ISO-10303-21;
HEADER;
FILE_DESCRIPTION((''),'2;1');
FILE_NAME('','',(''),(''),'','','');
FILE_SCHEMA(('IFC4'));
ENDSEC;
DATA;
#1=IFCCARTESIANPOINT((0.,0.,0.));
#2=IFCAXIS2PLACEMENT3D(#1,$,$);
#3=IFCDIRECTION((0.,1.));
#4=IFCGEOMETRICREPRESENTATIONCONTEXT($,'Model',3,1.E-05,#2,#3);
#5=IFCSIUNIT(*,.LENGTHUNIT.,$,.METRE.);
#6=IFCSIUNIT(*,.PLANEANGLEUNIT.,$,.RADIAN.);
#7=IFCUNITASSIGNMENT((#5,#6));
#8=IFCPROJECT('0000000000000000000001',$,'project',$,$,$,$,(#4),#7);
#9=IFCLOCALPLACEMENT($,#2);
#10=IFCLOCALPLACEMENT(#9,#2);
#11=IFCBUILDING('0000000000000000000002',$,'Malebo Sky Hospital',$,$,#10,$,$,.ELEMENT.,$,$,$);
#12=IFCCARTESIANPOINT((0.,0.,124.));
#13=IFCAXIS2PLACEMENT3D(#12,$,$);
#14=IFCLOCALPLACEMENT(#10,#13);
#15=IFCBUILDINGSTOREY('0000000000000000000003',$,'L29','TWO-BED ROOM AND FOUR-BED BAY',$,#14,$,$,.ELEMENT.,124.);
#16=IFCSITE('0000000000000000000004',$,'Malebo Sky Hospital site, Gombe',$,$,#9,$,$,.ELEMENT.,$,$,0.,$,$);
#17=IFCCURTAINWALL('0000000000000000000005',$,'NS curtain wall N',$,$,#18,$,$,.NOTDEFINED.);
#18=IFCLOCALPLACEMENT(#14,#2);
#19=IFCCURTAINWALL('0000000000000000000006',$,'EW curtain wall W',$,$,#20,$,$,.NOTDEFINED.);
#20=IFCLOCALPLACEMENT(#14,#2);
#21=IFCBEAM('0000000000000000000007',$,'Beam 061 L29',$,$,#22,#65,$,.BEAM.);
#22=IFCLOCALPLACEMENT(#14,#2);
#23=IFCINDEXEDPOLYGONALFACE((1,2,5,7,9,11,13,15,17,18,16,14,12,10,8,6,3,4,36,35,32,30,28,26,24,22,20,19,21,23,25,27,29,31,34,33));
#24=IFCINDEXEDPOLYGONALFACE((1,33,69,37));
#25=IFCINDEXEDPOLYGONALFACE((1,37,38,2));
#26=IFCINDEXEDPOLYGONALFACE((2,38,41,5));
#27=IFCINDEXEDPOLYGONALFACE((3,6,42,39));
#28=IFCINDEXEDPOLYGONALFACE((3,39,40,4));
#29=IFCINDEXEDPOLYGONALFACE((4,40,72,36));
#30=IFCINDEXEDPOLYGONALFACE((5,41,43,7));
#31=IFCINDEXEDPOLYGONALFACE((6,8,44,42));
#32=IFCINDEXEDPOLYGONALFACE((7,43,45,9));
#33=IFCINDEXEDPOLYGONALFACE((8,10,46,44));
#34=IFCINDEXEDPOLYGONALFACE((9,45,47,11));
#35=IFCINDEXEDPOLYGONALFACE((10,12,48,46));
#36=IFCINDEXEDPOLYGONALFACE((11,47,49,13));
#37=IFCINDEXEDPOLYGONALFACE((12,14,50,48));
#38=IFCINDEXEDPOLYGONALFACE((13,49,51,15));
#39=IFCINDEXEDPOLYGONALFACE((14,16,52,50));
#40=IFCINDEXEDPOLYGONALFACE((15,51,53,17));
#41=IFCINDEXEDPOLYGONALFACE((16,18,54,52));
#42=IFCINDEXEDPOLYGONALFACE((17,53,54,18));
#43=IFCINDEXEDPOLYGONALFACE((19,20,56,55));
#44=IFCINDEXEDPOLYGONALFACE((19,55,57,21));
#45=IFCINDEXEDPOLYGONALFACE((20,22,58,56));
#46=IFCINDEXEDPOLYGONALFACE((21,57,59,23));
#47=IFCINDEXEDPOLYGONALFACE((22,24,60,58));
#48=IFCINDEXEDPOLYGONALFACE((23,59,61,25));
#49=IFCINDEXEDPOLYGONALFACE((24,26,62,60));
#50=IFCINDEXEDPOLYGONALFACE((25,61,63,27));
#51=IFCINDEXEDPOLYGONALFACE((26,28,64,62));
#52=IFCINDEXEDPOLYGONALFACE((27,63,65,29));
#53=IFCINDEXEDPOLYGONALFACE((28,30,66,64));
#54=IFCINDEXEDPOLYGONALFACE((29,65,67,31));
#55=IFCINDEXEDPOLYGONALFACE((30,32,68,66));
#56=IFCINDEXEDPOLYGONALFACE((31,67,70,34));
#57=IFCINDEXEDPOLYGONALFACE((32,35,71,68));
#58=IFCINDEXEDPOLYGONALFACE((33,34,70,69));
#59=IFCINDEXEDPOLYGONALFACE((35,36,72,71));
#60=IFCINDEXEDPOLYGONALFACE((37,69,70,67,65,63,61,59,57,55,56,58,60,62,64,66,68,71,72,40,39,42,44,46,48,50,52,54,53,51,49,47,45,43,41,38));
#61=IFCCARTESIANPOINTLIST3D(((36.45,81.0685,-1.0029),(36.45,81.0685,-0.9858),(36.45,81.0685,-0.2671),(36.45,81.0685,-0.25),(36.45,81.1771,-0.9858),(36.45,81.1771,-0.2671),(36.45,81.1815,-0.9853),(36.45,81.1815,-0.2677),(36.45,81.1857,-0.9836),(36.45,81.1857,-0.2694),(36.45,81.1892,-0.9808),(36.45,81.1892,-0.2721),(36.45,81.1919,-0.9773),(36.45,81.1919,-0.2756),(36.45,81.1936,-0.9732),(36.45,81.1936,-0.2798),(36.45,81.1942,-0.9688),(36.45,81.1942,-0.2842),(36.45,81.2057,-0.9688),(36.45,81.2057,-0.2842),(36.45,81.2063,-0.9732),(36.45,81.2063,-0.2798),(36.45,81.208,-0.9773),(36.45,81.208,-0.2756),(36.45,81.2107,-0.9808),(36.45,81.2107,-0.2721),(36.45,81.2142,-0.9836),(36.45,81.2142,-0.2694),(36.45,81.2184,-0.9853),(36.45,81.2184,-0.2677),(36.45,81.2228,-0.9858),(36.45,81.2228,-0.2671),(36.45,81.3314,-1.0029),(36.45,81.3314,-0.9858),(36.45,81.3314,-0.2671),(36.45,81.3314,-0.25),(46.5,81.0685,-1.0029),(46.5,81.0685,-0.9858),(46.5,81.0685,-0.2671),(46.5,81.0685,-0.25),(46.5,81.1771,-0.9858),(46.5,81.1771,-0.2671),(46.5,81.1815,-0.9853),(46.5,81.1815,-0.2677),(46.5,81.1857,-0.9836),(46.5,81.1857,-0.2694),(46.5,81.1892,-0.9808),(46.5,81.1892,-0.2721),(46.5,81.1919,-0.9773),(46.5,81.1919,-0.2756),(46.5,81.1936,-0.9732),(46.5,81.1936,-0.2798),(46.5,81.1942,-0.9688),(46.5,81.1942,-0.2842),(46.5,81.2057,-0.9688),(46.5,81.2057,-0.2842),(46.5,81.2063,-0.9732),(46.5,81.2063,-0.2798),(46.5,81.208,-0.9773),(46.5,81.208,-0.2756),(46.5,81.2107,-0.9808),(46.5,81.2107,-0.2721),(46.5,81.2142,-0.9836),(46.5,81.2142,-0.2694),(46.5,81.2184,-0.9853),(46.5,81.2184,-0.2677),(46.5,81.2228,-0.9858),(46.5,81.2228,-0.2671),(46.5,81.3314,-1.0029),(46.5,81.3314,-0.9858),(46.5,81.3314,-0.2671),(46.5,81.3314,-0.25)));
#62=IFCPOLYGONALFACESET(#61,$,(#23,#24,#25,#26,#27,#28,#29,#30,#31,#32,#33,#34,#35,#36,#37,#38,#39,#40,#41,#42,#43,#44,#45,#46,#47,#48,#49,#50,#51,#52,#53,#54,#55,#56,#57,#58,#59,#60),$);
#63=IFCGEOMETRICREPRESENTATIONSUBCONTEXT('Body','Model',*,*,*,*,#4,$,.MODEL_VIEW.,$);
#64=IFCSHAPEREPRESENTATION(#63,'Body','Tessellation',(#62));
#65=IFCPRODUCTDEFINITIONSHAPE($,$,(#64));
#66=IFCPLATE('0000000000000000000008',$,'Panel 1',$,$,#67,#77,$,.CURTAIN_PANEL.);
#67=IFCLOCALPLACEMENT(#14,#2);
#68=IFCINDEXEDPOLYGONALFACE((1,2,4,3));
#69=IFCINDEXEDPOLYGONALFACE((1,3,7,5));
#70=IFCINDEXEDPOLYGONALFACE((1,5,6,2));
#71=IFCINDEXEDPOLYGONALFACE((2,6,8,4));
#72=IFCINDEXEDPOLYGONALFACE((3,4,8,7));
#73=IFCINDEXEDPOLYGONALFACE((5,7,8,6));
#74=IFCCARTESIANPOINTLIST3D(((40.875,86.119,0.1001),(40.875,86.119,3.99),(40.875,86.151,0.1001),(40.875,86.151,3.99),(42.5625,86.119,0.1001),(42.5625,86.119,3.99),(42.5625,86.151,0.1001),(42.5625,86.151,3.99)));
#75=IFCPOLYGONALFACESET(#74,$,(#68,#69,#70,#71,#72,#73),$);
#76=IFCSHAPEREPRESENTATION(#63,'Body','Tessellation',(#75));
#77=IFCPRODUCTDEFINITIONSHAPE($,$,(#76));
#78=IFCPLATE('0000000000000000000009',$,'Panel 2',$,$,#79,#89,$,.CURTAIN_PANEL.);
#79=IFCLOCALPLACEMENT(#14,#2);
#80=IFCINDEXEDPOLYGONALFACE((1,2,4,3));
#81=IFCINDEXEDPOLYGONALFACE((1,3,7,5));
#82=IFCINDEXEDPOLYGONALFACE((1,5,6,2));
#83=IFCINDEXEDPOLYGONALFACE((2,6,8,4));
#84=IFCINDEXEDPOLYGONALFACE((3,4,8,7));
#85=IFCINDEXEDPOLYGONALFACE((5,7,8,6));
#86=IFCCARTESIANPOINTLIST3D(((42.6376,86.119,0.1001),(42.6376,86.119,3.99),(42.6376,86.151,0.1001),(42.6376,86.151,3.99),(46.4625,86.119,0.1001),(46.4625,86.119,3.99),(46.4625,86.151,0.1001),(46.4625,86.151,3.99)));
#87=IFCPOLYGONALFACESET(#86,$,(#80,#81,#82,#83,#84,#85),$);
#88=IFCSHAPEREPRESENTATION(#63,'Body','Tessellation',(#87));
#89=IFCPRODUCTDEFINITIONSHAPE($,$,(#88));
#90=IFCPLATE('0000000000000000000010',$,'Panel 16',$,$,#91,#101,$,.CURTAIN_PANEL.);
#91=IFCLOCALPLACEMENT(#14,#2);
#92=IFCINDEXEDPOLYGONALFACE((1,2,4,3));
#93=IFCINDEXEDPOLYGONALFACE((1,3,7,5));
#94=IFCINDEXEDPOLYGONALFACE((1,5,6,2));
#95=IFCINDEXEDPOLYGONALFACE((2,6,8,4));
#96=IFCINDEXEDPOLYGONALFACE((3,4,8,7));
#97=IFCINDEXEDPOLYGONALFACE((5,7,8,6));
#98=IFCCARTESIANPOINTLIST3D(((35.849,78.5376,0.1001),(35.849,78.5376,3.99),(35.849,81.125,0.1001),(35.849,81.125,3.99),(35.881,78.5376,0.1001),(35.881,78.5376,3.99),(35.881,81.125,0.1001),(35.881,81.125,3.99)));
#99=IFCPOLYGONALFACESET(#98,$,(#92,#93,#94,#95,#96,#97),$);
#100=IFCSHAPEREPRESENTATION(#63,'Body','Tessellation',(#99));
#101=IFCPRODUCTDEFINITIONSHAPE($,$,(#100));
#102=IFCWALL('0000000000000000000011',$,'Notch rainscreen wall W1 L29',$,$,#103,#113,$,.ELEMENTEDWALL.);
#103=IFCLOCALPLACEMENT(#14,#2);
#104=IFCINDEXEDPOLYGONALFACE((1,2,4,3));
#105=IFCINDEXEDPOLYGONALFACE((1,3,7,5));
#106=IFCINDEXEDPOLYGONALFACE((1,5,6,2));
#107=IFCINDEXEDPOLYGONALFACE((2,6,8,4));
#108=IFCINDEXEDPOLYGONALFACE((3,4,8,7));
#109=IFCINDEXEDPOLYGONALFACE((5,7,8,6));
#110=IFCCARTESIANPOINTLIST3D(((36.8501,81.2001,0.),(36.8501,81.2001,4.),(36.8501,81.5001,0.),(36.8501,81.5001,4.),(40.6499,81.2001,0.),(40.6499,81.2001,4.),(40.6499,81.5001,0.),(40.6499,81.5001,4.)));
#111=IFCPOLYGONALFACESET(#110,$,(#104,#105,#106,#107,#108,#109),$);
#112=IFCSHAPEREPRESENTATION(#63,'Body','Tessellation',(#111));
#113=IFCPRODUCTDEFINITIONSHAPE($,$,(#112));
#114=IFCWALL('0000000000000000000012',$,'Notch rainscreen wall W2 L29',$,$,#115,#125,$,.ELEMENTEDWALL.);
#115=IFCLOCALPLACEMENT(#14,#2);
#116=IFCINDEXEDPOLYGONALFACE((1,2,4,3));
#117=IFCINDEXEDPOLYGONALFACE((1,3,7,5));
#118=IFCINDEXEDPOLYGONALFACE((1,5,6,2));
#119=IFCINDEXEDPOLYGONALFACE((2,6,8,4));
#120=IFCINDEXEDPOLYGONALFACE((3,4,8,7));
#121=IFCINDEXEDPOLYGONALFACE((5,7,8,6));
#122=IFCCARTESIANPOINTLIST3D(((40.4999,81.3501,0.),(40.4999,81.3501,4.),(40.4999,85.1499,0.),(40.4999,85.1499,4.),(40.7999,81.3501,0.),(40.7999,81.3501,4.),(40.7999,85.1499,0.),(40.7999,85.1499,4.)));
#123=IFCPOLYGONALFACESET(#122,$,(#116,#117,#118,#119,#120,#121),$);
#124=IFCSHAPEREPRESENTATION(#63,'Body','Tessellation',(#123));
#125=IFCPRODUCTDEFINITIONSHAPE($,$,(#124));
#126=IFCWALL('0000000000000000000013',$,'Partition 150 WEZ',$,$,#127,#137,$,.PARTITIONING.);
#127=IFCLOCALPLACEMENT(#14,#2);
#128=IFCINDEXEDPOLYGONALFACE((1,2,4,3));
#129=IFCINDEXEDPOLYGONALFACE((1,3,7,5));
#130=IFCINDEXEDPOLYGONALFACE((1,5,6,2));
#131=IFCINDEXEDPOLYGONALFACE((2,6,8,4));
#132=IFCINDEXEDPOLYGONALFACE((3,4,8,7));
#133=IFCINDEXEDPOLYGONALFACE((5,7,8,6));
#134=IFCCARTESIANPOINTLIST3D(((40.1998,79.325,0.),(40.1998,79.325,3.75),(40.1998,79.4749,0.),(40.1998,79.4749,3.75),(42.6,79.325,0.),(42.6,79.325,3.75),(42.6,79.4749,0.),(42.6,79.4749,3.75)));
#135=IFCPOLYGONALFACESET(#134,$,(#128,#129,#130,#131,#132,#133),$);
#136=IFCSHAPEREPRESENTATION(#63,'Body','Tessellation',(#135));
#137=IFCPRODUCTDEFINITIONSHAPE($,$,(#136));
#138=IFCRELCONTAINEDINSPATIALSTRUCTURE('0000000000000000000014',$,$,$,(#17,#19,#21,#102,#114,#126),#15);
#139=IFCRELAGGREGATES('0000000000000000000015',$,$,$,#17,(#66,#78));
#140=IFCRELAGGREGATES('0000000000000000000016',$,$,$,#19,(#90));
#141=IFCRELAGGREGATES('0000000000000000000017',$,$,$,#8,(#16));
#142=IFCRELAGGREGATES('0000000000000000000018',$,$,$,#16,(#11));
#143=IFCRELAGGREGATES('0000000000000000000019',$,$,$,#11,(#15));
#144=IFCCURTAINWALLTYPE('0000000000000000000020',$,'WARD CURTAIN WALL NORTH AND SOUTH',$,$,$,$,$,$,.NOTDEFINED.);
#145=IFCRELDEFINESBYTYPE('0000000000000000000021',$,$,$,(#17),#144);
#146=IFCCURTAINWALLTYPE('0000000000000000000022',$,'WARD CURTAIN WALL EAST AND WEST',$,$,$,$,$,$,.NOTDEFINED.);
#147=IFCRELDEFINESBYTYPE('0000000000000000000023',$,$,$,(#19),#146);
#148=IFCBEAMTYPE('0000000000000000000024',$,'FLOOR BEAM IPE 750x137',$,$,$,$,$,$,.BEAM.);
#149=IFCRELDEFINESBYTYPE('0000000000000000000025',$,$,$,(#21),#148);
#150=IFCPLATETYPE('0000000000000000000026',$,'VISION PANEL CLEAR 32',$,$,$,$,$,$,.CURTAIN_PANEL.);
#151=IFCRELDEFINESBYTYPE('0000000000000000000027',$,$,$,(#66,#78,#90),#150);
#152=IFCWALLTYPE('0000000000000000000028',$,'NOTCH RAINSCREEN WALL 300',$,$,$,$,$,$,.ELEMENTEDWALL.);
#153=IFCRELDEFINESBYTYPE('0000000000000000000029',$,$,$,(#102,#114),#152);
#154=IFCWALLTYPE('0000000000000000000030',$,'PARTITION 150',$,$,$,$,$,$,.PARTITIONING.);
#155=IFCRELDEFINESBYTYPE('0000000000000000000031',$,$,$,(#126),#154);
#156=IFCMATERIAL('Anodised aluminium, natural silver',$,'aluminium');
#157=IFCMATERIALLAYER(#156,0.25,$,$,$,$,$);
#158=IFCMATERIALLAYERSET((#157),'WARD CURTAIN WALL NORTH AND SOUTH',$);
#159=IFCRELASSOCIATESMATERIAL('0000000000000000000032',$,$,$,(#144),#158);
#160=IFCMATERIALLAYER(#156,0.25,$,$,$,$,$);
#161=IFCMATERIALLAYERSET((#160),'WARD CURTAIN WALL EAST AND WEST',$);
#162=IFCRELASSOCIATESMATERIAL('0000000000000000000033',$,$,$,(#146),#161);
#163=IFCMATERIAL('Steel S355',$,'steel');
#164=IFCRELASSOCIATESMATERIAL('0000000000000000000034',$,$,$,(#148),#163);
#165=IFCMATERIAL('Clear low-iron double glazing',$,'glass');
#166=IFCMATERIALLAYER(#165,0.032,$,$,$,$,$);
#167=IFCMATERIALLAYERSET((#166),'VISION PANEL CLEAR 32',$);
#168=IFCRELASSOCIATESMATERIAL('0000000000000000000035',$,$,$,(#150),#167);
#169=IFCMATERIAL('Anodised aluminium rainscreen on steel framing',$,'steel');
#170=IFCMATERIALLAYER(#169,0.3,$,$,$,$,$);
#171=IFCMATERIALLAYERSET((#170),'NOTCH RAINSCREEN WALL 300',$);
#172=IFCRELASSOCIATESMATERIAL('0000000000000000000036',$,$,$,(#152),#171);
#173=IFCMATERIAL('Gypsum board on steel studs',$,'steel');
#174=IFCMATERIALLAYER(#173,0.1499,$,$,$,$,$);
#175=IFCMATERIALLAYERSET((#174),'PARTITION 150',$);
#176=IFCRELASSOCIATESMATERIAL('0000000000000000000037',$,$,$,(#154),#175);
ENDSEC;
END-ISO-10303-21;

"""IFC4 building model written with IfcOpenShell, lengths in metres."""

from ifc_helpers import new_model, si_unit, direction, frame, frame_2d, origin, origin_2d, place, context, subcontext, project, spatial, rectangle, i_section, extrude, material, layer, layer_set, material_profile, profile_set, type_object, element, aggregate, save


model = new_model("IFC4")

# Units and contexts
model_context = context("Model", 3, precision=1e-05, world=origin(), true_north=direction((0.0, 1.0)))
body_context = subcontext(model_context, "Body", "Model", "MODEL_VIEW")
ifc_project = project(units=[si_unit("LENGTHUNIT", "METRE"), si_unit("PLANEANGLEUNIT", "RADIAN")], contexts=[model_context])

# Site, building, storey
site_placement = place(None, origin())
site = spatial("IfcSite", under=ifc_project, at=site_placement, Name="Malebo Sky Hospital site, Gombe", CompositionType="ELEMENT", RefElevation=0.0)
building_placement = place(site_placement, origin())
building = spatial("IfcBuilding", under=site, at=building_placement, Name="Malebo Sky Hospital", CompositionType="ELEMENT")
storey_placement = place(building_placement, frame((0.0, 0.0, 124.0)))
storey = spatial("IfcBuildingStorey", under=building, at=storey_placement, Name="L29", Description="TWO-BED ROOM AND FOUR-BED BAY", CompositionType="ELEMENT", Elevation=124.0)

# Curtain wall
ifc_material_1 = material(Name="Anodised aluminium, natural silver", Category="aluminium")
ifc_layer_1 = layer(ifc_material_1, 0.25)
ifc_layer_set_1 = layer_set([ifc_layer_1], Name="WARD CURTAIN WALL NORTH AND SOUTH")
curtain_wall_type_1 = type_object("IfcCurtainWallType", Name="WARD CURTAIN WALL NORTH AND SOUTH", PredefinedType="NOTDEFINED", material=ifc_layer_set_1)
curtain_wall_1_placement = place(storey_placement, origin())
curtain_wall_1 = element("IfcCurtainWall", 1, at=curtain_wall_1_placement, inside=storey, type_object=curtain_wall_type_1, Name="NS curtain wall N", PredefinedType="NOTDEFINED")

# Curtain wall
ifc_layer_2 = layer(ifc_material_1, 0.25)
ifc_layer_set_2 = layer_set([ifc_layer_2], Name="WARD CURTAIN WALL EAST AND WEST")
curtain_wall_type_2 = type_object("IfcCurtainWallType", Name="WARD CURTAIN WALL EAST AND WEST", PredefinedType="NOTDEFINED", material=ifc_layer_set_2)
curtain_wall_2_placement = place(storey_placement, origin())
curtain_wall_2 = element("IfcCurtainWall", 2, at=curtain_wall_2_placement, inside=storey, type_object=curtain_wall_type_2, Name="EW curtain wall W", PredefinedType="NOTDEFINED")

# Beam
ifc_material_2 = material(Name="Steel S355", Category="steel")
ifc_material_profile_1 = material_profile(ifc_material_2, i_section(OverallWidth=0.2629, OverallDepth=0.7529, WebThickness=0.0115, FlangeThickness=0.0171, FilletRadius=0.0171, at=origin_2d()), Name="IPE 750x137")
ifc_profile_set_1 = profile_set([ifc_material_profile_1], Name="Steel S355")
beam_type_1 = type_object("IfcBeamType", Name="FLOOR BEAM IPE 750x137", PredefinedType="BEAM", material=ifc_profile_set_1)
beam_1_placement = place(storey_placement, frame((36.45, 81.2, -0.6265), z_axis=(1.0, 0.0, 0.0), x_axis=(0.0, 1.0, 0.0)))
element("IfcBeam", 3, at=beam_1_placement, inside=storey, type_object=beam_type_1, Name="Beam 061 L29", PredefinedType="BEAM", context=body_context, shape_type="SweptSolid", body=[
    extrude(i_section(OverallWidth=0.2629, OverallDepth=0.7529, WebThickness=0.0115, FlangeThickness=0.0171, FilletRadius=0.0171, at=origin_2d()), origin(), (0.0, 0.0, 1.0), 10.05),
])

# Plates
ifc_material_3 = material(Name="Clear low-iron double glazing", Category="glass")
ifc_layer_3 = layer(ifc_material_3, 0.032)
ifc_layer_set_3 = layer_set([ifc_layer_3], Name="VISION PANEL CLEAR 32")
plate_type = type_object("IfcPlateType", Name="VISION PANEL CLEAR 32", PredefinedType="CURTAIN_PANEL", material=ifc_layer_set_3)
plate_1_placement = place(storey_placement, frame((41.7188, 86.135, 0.1001), z_axis=(0.0, 0.0, 1.0), x_axis=(1.0, 0.0, 0.0)))
plate_1 = element("IfcPlate", 4, at=plate_1_placement, type_object=plate_type, Name="Panel 1", PredefinedType="CURTAIN_PANEL", context=body_context, shape_type="SweptSolid", body=[
    extrude(rectangle(XDim=1.6875, YDim=0.032, at=origin_2d()), origin(), (0.0, 0.0, 1.0), 3.8899),
])
plate_2_placement = place(storey_placement, frame((44.55, 86.135, 0.1001), z_axis=(0.0, 0.0, 1.0), x_axis=(1.0, 0.0, 0.0)))
plate_2 = element("IfcPlate", 5, at=plate_2_placement, type_object=plate_type, Name="Panel 2", PredefinedType="CURTAIN_PANEL", context=body_context, shape_type="SweptSolid", body=[
    extrude(rectangle(XDim=3.825, YDim=0.032, at=origin_2d()), origin(), (0.0, 0.0, 1.0), 3.8899),
])
aggregate(curtain_wall_1, [plate_1, plate_2])
plate_3_placement = place(storey_placement, frame((35.865, 79.8313, 0.1001), z_axis=(0.0, 0.0, 1.0), x_axis=(0.0, 1.0, 0.0)))
plate_3 = element("IfcPlate", 6, at=plate_3_placement, type_object=plate_type, Name="Panel 16", PredefinedType="CURTAIN_PANEL", context=body_context, shape_type="SweptSolid", body=[
    extrude(rectangle(XDim=2.5874, YDim=0.032, at=origin_2d()), origin(), (0.0, 0.0, 1.0), 3.8899),
])
aggregate(curtain_wall_2, [plate_3])

# Walls
ifc_material_4 = material(Name="Anodised aluminium rainscreen on steel framing", Category="steel")
ifc_layer_4 = layer(ifc_material_4, 0.3)
ifc_layer_set_4 = layer_set([ifc_layer_4], Name="NOTCH RAINSCREEN WALL 300")
wall_type_1 = type_object("IfcWallType", Name="NOTCH RAINSCREEN WALL 300", PredefinedType="ELEMENTEDWALL", material=ifc_layer_set_4)
for number, where, z_axis, x_axis, name in (
    (7, (36.8501, 81.3501, 0.0), (0.0, 0.0, 1.0), (1.0, 0.0, 0.0), "Notch rainscreen wall W1 L29"),
    (8, (40.6499, 81.3501, 0.0), (0.0, 0.0, 1.0), (0.0, 1.0, 0.0), "Notch rainscreen wall W2 L29"),
):
    element("IfcWall", number, at=place(storey_placement, frame(where, z_axis=z_axis, x_axis=x_axis)), inside=storey, type_object=wall_type_1, Name=name, PredefinedType="ELEMENTEDWALL", context=body_context, shape_type="SweptSolid", body=[
        extrude(rectangle(XDim=3.7998, YDim=0.3, at=frame_2d((1.8999, 0.0))), origin(), (0.0, 0.0, 1.0), 4.0),
    ])
ifc_material_5 = material(Name="Gypsum board on steel studs", Category="steel")
ifc_layer_5 = layer(ifc_material_5, 0.1499)
ifc_layer_set_5 = layer_set([ifc_layer_5], Name="PARTITION 150")
wall_type_2 = type_object("IfcWallType", Name="PARTITION 150", PredefinedType="PARTITIONING", material=ifc_layer_set_5)
wall_placement = place(storey_placement, frame((42.6001, 79.3999, 0.0), z_axis=(0.0, 0.0, 1.0), x_axis=(-1.0, 0.0, 0.0)))
element("IfcWall", 9, at=wall_placement, inside=storey, type_object=wall_type_2, Name="Partition 150 WEZ", PredefinedType="PARTITIONING", context=body_context, shape_type="SweptSolid", body=[
    extrude(rectangle(XDim=2.4001, YDim=0.1499, at=frame_2d((1.2002, 0.0))), origin(), (0.0, 0.0, 1.0), 3.75),
])

save(model, "model.ifc")
